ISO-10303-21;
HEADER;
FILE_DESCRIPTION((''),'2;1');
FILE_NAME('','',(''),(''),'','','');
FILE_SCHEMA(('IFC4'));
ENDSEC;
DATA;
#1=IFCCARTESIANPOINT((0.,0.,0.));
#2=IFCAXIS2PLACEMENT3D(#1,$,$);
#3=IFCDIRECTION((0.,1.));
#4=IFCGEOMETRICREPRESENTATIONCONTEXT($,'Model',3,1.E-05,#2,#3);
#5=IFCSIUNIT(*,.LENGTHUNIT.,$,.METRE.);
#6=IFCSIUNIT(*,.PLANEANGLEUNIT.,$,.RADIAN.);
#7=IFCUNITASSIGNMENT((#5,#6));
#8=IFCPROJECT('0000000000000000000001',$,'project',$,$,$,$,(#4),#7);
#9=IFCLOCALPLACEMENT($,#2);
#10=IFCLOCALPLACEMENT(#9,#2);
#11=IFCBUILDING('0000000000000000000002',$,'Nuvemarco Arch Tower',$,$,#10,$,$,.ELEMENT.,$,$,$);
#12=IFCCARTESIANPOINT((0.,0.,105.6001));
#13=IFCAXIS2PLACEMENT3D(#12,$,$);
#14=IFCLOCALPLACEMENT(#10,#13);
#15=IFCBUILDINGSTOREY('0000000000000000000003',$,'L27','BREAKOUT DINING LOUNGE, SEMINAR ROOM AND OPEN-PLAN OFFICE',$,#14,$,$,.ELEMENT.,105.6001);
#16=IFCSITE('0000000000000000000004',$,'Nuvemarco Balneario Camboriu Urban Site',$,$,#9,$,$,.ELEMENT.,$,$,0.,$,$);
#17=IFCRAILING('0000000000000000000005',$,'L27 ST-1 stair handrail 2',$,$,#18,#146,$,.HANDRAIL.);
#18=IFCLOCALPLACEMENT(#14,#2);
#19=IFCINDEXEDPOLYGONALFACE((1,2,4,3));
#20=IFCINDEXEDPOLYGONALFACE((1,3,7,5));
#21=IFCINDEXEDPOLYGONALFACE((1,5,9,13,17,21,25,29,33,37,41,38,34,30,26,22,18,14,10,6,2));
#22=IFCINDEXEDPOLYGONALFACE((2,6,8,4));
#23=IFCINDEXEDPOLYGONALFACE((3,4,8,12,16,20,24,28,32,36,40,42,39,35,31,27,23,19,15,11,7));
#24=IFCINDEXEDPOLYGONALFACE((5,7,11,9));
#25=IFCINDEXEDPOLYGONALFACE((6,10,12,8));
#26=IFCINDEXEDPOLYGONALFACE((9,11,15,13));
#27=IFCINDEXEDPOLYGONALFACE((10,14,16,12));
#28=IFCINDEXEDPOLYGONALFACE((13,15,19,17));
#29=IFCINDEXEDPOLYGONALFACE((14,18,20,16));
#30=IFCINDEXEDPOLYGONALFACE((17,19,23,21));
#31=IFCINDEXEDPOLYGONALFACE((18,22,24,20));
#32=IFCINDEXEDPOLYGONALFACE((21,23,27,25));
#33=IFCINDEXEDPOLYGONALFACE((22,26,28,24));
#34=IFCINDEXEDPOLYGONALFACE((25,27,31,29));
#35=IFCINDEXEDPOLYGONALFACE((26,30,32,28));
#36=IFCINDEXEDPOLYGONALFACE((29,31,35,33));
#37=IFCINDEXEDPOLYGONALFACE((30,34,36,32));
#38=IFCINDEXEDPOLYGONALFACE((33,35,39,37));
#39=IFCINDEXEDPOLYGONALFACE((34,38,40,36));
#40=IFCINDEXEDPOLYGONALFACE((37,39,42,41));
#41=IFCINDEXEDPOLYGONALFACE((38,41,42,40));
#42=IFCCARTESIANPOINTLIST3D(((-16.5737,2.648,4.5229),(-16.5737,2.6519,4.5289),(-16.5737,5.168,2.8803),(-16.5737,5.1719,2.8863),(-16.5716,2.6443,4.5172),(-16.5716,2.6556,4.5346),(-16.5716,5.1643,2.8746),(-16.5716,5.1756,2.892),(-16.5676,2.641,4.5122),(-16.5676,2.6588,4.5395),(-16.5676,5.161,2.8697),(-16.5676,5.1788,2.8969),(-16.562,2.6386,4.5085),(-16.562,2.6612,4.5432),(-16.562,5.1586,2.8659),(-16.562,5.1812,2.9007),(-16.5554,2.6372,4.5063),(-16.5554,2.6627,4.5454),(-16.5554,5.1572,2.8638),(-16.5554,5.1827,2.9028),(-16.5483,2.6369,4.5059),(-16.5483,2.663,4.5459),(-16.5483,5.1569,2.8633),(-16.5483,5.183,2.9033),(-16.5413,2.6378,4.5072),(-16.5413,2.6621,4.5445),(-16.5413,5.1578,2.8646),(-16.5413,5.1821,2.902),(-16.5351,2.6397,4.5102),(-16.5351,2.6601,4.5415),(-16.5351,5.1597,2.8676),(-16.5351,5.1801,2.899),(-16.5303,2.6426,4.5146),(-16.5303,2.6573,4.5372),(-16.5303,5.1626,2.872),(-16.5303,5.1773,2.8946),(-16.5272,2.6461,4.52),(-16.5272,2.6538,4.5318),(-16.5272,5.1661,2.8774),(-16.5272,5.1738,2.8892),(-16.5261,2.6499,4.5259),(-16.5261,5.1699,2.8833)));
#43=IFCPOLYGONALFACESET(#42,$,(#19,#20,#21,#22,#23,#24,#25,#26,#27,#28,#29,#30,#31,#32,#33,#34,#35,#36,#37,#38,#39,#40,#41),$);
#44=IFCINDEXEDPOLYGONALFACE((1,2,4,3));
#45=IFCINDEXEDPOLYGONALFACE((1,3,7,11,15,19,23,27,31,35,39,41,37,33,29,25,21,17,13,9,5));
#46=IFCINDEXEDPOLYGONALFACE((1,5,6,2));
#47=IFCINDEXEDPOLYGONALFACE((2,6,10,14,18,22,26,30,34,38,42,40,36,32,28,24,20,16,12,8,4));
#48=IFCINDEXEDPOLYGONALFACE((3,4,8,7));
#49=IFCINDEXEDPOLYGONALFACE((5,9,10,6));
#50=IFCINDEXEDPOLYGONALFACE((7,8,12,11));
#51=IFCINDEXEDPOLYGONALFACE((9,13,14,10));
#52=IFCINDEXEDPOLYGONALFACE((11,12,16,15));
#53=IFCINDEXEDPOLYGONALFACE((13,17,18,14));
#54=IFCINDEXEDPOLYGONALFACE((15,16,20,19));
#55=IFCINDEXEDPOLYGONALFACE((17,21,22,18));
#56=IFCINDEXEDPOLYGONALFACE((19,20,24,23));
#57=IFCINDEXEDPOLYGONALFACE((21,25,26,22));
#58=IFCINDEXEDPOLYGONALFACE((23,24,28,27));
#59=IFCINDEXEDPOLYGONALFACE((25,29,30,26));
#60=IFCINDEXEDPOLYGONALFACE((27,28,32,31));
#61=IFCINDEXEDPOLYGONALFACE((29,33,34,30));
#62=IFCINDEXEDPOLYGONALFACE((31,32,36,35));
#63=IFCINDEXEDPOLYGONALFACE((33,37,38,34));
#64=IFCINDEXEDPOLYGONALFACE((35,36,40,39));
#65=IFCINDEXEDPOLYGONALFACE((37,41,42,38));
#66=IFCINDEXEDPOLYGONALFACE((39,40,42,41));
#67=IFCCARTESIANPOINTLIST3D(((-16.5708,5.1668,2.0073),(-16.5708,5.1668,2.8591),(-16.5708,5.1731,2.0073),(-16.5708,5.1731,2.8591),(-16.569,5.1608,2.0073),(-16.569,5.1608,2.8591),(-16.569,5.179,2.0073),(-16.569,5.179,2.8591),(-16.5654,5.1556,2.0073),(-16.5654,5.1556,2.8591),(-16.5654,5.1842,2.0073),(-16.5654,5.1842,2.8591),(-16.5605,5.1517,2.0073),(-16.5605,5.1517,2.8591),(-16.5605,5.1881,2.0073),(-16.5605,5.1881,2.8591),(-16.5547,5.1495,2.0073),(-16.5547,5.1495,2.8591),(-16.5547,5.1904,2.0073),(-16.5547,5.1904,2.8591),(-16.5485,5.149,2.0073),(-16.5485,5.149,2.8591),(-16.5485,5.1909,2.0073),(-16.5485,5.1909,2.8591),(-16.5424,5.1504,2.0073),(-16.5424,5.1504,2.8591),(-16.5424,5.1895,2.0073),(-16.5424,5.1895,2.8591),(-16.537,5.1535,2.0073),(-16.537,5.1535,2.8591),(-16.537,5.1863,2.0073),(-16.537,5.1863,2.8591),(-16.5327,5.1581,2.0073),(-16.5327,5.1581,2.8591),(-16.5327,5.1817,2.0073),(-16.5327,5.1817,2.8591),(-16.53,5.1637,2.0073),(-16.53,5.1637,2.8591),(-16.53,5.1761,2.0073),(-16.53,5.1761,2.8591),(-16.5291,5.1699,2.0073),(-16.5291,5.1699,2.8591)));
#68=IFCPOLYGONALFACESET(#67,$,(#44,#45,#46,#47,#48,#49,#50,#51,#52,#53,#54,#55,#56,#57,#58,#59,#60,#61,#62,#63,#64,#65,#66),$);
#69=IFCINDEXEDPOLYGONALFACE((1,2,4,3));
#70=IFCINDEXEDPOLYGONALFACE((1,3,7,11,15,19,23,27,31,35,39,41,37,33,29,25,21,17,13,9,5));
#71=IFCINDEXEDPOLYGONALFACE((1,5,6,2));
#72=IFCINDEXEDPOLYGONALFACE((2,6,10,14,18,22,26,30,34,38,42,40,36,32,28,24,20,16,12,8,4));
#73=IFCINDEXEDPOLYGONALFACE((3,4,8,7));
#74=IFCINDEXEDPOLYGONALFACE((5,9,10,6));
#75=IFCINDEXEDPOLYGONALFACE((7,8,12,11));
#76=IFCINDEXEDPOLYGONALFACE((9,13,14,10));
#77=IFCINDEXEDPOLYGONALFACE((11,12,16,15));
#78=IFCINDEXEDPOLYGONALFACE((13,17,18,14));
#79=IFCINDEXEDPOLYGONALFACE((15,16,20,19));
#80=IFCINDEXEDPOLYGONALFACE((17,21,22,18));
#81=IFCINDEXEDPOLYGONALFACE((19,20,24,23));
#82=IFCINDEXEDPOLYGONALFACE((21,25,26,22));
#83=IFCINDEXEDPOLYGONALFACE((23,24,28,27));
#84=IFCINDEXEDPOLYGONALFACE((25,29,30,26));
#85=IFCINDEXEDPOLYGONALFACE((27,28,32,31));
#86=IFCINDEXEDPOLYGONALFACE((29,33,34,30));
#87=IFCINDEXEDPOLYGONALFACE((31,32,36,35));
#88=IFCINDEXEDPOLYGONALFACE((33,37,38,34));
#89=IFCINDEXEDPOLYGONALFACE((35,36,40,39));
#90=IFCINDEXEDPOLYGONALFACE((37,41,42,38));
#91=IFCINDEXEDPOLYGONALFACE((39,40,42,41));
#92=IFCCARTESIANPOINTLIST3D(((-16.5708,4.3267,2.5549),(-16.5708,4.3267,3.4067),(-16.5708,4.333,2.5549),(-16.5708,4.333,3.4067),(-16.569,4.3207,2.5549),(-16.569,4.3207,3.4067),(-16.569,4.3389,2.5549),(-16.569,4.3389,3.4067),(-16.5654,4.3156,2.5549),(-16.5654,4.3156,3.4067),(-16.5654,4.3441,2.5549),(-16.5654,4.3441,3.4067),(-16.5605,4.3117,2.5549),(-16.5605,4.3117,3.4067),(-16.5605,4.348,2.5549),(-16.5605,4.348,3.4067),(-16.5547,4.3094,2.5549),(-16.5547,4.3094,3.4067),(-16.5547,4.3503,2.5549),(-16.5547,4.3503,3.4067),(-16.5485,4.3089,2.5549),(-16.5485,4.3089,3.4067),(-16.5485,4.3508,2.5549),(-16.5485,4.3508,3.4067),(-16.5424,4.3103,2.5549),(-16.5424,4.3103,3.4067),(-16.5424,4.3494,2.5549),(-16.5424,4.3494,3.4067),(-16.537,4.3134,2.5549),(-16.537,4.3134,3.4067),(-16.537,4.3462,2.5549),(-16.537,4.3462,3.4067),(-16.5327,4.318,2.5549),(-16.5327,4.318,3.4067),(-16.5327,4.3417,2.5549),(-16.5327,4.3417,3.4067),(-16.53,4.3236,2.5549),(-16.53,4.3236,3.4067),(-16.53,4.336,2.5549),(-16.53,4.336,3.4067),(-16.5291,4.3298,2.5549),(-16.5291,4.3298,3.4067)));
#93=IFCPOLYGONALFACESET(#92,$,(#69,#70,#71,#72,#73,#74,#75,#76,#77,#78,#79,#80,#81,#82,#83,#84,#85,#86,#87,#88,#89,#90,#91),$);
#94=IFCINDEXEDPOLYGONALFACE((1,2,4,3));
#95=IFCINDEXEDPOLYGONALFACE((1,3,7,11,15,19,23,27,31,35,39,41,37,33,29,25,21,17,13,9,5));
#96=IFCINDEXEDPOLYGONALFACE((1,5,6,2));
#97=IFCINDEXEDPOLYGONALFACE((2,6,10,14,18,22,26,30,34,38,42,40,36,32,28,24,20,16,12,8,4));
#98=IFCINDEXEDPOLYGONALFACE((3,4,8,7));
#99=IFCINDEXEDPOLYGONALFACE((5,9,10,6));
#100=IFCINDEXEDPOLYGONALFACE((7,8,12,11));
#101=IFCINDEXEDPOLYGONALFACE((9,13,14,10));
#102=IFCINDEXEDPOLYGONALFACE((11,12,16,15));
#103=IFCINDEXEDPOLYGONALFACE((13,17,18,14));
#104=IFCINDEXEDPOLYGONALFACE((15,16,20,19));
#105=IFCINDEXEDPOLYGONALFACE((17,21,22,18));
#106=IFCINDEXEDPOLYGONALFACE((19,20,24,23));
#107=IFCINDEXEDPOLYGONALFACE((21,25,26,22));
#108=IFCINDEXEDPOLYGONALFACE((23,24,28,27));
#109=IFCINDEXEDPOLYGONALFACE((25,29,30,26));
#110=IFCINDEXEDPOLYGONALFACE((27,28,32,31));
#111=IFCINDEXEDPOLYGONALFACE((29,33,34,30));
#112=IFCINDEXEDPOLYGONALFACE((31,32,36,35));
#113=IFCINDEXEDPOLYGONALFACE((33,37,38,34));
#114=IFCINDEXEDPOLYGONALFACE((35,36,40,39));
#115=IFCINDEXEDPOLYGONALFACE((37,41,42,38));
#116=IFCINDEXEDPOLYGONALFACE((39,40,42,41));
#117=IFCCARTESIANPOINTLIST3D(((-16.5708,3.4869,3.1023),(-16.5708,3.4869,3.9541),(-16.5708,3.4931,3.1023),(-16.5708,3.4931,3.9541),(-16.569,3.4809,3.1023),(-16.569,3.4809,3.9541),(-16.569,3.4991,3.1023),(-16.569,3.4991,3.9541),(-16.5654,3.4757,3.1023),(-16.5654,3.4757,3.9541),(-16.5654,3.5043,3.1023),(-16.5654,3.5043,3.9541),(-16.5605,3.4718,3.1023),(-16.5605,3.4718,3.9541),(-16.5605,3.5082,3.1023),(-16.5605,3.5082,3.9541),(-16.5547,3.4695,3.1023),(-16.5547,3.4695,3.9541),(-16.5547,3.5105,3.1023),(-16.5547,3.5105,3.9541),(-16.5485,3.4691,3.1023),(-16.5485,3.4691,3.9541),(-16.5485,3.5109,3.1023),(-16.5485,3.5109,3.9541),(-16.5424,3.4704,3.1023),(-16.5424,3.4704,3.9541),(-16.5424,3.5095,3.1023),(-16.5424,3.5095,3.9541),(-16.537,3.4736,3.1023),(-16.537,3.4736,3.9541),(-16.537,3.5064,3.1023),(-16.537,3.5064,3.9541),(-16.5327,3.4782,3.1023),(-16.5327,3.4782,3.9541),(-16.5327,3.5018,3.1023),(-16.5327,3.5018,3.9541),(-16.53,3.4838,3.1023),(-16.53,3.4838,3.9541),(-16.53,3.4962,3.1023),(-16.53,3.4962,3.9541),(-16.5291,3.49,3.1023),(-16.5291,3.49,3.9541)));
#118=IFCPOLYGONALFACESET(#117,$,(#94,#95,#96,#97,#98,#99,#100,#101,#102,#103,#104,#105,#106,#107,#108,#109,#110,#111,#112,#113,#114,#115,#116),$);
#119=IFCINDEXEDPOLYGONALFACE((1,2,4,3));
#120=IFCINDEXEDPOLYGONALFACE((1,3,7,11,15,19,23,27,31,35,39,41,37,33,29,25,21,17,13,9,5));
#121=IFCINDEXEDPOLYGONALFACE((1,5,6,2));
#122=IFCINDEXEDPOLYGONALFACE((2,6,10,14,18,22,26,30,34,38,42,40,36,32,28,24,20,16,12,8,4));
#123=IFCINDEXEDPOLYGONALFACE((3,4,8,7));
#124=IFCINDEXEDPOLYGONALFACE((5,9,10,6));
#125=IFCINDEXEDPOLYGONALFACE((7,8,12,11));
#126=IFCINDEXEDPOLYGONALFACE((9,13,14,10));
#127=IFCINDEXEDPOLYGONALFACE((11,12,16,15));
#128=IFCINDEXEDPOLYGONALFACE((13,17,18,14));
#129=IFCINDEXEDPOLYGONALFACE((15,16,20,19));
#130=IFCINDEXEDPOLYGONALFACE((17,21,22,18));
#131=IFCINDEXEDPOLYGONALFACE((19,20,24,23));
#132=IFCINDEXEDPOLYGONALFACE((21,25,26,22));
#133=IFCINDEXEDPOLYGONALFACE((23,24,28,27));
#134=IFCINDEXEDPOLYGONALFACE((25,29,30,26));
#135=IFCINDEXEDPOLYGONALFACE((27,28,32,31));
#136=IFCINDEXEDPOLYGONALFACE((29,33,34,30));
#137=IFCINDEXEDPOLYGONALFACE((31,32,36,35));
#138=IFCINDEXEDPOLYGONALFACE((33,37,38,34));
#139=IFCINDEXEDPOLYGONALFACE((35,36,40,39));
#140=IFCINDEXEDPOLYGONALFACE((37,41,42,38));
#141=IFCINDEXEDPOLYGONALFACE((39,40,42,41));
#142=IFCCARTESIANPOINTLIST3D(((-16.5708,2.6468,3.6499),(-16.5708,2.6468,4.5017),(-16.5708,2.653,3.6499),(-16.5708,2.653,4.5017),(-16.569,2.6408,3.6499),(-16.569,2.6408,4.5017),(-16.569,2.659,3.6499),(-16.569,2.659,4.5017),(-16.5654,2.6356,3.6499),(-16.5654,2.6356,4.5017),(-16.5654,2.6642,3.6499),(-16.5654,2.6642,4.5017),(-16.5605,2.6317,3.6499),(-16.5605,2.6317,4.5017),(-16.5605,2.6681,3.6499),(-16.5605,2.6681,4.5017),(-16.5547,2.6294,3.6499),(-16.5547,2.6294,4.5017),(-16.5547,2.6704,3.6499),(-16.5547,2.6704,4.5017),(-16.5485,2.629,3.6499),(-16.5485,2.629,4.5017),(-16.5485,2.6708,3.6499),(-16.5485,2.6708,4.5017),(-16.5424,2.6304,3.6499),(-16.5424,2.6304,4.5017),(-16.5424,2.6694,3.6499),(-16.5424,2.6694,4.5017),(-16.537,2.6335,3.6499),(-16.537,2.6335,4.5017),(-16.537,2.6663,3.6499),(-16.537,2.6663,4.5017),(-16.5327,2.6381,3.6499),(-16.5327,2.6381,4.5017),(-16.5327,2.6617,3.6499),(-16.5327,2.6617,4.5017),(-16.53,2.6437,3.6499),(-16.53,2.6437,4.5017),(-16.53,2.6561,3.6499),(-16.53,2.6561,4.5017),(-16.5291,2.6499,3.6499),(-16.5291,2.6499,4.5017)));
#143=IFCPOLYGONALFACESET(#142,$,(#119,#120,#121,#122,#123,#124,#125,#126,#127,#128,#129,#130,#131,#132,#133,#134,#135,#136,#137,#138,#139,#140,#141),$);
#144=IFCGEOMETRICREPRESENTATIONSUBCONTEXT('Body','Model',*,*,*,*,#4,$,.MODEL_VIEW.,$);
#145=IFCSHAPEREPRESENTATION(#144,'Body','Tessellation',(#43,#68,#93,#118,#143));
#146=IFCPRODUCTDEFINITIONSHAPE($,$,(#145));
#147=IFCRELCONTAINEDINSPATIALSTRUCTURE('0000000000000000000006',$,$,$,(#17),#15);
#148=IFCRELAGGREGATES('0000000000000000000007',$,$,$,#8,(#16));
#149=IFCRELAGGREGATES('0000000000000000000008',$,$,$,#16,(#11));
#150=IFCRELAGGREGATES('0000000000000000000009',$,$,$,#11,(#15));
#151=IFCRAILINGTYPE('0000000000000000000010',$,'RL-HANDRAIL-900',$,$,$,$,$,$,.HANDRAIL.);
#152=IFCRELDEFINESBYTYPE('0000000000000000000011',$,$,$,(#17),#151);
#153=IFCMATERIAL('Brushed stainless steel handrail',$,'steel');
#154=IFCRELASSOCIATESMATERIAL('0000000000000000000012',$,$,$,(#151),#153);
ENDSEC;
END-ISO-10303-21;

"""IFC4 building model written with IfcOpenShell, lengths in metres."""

from ifc_helpers import new_model, si_unit, direction, frame, origin, origin_2d, place, context, subcontext, project, spatial, circle, extrude, material, type_object, element, save


model = new_model("IFC4")

# Units and contexts
model_context = context("Model", 3, precision=1e-05, world=origin(), true_north=direction((0.0, 1.0)))
body_context = subcontext(model_context, "Body", "Model", "MODEL_VIEW")
ifc_project = project(units=[si_unit("LENGTHUNIT", "METRE"), si_unit("PLANEANGLEUNIT", "RADIAN")], contexts=[model_context])

# Site, building, storey
site_placement = place(None, origin())
site = spatial("IfcSite", under=ifc_project, at=site_placement, Name="Nuvemarco Balneario Camboriu Urban Site", CompositionType="ELEMENT", RefElevation=0.0)
building_placement = place(site_placement, origin())
building = spatial("IfcBuilding", under=site, at=building_placement, Name="Nuvemarco Arch Tower", CompositionType="ELEMENT")
storey_placement = place(building_placement, frame((0.0, 0.0, 105.6001)))
storey = spatial("IfcBuildingStorey", under=building, at=storey_placement, Name="L27", Description="BREAKOUT DINING LOUNGE, SEMINAR ROOM AND OPEN-PLAN OFFICE", CompositionType="ELEMENT", Elevation=105.6001)

# Railing
ifc_material_1 = material(Name="Brushed stainless steel handrail", Category="steel")
railing_type_1 = type_object("IfcRailingType", Name="RL-HANDRAIL-900", PredefinedType="HANDRAIL", material=ifc_material_1)
railing_1_placement = place(storey_placement, frame((-16.55, 5.1699, 2.0073)))
element("IfcRailing", 1, at=railing_1_placement, inside=storey, type_object=railing_type_1, Name="L27 ST-1 stair handrail 2", PredefinedType="HANDRAIL", context=body_context, shape_type="SweptSolid", body=[
    extrude(circle(Radius=0.0239, at=origin_2d()), frame((0.0, 0.0, 0.876), z_axis=(0.0, -0.837749, 0.546055), x_axis=(1.0, 0.0, 0.0)), (0.0, 0.0, 1.0), 3.0081),
    extrude(circle(Radius=0.021, at=origin_2d()), origin(), (0.0, 0.0, 1.0), 0.8518),
    extrude(circle(Radius=0.021, at=origin_2d()), frame((0.0, -0.8401, 0.5476)), (0.0, 0.0, 1.0), 0.8518),
    extrude(circle(Radius=0.021, at=origin_2d()), frame((0.0, -1.6799, 1.095)), (0.0, 0.0, 1.0), 0.8518),
    extrude(circle(Radius=0.021, at=origin_2d()), frame((0.0, -2.52, 1.6426)), (0.0, 0.0, 1.0), 0.8518),
])

save(model, "model.ifc")
